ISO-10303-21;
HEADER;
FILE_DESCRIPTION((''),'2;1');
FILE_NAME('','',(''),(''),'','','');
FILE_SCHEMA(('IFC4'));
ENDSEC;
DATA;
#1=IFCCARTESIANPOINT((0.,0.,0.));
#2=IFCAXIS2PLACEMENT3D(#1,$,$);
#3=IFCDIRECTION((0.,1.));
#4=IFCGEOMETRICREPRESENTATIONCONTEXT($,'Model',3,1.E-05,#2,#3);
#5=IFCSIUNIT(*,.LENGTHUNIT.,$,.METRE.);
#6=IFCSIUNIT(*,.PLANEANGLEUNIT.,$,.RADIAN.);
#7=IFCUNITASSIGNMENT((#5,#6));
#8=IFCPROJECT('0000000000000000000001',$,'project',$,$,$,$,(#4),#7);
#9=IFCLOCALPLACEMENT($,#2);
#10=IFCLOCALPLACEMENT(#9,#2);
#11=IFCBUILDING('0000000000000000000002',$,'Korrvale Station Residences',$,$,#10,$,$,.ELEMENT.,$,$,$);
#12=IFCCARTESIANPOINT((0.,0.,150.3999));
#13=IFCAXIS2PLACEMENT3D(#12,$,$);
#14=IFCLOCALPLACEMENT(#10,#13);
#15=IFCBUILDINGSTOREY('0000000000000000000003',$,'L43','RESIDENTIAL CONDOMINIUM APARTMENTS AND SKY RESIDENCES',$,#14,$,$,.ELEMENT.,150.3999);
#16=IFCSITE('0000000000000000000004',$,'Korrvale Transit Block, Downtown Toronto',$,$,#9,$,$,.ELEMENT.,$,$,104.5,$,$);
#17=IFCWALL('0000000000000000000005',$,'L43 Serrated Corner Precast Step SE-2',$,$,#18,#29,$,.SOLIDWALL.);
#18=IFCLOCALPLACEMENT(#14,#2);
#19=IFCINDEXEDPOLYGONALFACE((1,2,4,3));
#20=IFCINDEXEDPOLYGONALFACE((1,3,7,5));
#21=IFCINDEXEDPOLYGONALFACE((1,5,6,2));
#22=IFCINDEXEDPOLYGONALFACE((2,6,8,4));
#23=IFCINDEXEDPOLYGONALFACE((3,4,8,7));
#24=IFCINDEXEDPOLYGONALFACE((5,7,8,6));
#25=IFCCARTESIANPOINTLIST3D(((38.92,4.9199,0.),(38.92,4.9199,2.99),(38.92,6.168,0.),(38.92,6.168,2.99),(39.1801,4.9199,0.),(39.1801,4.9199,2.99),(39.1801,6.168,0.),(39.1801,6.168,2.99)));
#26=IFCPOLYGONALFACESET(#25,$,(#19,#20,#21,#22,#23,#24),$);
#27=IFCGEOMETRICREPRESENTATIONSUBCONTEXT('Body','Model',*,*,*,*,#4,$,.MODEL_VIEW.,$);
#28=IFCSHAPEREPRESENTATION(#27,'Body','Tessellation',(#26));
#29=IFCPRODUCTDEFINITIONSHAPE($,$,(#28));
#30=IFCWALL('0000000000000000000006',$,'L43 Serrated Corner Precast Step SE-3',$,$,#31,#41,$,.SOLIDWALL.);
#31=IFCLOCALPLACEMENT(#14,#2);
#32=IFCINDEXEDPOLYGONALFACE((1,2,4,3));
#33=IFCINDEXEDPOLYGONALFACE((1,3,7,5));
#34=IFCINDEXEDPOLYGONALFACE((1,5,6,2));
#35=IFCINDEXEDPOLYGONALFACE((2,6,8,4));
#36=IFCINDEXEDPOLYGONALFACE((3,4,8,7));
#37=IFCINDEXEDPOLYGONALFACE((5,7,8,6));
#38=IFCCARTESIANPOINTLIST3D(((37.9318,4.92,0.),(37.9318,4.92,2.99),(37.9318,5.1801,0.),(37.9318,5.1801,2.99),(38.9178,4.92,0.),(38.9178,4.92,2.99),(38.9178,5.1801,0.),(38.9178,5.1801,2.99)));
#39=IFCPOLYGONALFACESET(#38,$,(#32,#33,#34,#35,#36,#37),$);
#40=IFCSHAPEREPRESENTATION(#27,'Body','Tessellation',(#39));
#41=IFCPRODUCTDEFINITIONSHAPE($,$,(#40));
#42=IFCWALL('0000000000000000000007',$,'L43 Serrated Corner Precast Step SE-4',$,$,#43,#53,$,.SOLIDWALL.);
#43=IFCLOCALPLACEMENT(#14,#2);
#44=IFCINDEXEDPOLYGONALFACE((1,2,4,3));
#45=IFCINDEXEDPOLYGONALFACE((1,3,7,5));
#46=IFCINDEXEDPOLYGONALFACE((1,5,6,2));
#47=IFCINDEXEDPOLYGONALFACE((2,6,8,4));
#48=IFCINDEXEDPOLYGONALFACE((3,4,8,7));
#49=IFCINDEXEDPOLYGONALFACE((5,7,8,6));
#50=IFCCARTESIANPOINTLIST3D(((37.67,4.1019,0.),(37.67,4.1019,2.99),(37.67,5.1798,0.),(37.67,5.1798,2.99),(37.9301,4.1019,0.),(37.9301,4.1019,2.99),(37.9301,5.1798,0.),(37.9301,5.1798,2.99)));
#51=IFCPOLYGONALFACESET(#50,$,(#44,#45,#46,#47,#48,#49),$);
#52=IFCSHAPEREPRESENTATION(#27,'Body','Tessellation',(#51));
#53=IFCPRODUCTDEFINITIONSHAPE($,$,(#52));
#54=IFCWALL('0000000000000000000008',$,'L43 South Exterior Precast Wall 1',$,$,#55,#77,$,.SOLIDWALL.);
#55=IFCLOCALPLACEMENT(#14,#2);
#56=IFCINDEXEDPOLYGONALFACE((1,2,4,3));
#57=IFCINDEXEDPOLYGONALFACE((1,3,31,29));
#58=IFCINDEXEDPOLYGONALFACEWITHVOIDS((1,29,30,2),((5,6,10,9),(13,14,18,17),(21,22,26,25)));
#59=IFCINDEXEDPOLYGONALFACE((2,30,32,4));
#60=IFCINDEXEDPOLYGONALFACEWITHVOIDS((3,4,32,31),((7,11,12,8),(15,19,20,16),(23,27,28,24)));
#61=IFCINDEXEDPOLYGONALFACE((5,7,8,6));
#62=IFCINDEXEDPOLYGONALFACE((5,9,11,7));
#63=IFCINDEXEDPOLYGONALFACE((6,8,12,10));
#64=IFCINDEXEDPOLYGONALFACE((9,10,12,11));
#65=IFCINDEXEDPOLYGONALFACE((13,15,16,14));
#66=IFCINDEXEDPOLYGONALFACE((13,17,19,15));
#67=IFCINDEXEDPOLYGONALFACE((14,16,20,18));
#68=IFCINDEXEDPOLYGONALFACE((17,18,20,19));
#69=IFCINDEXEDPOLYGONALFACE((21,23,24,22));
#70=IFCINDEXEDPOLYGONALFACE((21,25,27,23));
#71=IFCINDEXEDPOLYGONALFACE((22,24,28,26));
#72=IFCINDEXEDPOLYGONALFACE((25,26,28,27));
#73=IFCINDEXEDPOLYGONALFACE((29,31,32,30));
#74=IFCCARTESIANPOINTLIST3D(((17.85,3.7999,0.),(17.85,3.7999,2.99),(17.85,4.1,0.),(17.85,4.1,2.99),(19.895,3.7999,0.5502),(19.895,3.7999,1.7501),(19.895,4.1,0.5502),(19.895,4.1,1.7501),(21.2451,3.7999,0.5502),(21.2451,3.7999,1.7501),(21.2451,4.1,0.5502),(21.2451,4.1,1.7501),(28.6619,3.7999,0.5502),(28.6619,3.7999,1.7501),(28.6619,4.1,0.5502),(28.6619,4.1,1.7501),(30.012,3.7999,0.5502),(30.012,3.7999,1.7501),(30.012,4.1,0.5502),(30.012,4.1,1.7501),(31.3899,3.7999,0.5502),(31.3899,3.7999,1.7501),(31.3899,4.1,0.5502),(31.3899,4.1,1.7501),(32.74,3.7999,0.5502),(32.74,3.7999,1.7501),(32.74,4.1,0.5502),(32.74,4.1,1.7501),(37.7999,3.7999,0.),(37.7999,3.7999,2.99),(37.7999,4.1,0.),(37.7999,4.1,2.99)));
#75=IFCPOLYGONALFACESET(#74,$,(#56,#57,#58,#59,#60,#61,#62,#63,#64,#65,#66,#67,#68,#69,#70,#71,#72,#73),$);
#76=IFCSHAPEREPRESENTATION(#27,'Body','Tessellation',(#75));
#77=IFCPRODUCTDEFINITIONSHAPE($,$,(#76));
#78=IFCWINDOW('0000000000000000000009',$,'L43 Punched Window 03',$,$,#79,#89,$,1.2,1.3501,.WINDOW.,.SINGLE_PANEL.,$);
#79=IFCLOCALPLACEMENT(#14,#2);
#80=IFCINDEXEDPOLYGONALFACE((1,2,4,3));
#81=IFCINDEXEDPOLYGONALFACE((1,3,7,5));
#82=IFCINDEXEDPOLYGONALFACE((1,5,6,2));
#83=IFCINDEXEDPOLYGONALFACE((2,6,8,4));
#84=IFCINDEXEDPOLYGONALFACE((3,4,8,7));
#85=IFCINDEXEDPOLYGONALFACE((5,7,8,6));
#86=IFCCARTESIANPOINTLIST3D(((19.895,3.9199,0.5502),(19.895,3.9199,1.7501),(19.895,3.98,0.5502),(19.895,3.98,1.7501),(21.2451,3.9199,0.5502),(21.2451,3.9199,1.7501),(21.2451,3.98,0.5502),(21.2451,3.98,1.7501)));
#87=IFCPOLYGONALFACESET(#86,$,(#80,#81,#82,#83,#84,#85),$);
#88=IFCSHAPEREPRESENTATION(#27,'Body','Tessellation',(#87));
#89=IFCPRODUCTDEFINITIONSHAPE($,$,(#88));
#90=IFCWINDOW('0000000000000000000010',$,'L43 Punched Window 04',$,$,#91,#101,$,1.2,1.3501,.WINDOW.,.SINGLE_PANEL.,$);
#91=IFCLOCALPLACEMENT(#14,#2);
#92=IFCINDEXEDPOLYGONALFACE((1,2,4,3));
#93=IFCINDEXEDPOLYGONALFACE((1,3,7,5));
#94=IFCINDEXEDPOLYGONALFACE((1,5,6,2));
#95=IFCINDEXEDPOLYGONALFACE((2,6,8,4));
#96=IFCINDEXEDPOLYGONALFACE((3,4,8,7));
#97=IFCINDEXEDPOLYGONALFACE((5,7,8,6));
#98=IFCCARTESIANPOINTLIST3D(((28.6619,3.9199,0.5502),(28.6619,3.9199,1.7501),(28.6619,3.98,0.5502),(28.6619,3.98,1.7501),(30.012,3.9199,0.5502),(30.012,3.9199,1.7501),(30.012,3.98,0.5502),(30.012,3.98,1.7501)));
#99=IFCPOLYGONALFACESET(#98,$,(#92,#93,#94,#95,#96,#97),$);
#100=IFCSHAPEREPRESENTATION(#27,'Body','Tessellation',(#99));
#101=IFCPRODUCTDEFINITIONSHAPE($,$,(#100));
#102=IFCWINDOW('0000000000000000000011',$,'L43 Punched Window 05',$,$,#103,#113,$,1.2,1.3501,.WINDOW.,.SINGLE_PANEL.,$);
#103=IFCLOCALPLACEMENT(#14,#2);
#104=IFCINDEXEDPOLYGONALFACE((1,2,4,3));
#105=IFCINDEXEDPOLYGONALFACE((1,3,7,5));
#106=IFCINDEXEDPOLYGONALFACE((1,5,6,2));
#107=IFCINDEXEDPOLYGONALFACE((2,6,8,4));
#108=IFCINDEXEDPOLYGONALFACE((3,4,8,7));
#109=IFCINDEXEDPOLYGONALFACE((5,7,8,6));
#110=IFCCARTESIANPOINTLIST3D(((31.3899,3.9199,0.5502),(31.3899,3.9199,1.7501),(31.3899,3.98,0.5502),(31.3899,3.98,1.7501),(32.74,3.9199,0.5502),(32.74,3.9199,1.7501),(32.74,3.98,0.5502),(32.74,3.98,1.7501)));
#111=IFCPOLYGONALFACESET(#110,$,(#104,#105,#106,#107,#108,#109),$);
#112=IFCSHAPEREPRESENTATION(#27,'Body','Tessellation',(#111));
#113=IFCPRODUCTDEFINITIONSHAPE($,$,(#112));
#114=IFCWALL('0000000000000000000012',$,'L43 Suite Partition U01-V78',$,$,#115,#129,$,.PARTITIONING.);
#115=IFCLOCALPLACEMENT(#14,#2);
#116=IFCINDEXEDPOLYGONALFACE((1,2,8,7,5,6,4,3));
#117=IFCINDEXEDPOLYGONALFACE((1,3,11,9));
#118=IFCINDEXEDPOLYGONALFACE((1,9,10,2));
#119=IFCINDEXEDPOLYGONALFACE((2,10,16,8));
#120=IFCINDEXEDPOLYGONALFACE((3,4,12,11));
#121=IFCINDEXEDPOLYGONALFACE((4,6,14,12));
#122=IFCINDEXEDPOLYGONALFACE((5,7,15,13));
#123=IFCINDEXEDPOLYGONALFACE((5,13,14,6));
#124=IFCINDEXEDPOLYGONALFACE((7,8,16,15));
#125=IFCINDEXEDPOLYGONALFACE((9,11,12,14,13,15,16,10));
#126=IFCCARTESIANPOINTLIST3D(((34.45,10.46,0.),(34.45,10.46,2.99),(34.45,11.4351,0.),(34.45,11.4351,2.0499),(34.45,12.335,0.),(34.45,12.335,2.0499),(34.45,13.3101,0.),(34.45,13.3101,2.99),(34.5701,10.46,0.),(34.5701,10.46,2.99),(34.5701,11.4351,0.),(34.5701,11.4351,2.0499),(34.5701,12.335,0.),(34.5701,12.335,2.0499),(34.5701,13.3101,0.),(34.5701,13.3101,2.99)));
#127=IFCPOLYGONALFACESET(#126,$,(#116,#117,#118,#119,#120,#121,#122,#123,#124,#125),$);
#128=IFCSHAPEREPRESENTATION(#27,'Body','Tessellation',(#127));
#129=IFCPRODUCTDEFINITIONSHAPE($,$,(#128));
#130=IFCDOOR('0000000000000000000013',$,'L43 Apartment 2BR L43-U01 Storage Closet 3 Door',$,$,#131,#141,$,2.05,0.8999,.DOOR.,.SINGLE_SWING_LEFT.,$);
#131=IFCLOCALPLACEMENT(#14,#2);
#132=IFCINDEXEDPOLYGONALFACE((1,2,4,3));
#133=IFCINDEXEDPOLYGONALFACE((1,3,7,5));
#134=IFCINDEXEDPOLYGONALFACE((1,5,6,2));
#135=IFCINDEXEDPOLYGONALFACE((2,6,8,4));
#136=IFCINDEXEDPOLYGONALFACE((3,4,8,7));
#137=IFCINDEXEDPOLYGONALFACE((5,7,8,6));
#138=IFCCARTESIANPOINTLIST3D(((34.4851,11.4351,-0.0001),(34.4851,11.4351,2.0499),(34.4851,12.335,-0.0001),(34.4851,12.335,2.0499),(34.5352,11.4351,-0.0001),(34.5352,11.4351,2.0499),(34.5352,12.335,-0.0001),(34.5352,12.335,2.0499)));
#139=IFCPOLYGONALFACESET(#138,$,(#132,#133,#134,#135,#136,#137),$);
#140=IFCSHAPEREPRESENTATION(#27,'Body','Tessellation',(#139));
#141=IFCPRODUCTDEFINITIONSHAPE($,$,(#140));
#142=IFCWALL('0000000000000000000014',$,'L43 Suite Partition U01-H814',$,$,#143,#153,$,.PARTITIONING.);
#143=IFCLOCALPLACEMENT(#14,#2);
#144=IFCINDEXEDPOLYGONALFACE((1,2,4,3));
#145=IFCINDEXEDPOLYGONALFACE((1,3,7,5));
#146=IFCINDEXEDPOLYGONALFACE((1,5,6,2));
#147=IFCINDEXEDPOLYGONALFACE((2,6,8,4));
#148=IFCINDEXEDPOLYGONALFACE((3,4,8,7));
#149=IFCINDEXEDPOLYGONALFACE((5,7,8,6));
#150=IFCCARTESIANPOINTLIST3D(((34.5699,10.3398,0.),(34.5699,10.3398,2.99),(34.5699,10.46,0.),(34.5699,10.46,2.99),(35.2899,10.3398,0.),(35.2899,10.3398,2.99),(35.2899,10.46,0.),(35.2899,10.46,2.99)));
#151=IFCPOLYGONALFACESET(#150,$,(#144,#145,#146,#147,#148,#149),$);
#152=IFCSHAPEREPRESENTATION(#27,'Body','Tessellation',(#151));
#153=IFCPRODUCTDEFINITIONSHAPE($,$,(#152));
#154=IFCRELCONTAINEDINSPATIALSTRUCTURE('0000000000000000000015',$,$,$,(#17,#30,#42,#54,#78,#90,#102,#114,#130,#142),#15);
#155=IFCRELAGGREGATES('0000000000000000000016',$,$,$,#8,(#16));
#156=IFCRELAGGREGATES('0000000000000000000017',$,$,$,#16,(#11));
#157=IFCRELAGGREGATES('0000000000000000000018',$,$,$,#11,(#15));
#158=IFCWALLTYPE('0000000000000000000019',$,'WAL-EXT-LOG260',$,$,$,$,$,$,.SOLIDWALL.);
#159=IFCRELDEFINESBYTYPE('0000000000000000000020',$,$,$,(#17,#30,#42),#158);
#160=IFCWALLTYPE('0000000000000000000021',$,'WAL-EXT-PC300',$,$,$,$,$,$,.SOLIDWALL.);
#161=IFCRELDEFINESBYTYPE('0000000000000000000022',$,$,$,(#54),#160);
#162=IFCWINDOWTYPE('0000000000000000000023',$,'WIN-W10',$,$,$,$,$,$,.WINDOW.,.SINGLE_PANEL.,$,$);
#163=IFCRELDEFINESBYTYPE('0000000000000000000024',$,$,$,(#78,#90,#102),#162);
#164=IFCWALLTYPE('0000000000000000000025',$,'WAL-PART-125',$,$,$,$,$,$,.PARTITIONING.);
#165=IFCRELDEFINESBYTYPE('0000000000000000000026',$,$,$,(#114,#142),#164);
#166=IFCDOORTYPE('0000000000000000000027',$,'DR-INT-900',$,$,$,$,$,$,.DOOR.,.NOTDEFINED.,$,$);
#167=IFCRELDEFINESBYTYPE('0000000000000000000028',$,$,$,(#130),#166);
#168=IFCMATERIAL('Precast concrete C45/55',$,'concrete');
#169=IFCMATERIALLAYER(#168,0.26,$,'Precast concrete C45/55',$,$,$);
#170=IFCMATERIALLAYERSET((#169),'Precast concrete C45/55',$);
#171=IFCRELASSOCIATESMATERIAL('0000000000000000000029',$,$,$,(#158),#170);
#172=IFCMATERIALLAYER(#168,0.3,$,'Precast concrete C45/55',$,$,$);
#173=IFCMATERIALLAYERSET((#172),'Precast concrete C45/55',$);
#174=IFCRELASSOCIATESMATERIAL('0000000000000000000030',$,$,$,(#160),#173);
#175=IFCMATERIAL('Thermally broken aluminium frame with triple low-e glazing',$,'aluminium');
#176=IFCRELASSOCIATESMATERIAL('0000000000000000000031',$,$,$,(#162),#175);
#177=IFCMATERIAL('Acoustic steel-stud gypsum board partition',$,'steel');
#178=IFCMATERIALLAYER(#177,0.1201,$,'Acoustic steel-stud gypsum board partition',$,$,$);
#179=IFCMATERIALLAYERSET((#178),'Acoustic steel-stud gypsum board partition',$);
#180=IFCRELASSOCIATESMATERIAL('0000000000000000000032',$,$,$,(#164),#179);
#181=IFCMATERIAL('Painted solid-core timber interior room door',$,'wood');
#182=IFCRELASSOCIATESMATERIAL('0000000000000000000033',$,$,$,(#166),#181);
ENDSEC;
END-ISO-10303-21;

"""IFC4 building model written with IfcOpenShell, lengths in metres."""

from ifc_helpers import new_model, si_unit, direction, frame, frame_2d, origin, place, context, subcontext, project, spatial, rectangle, extrude, material, layer, layer_set, type_object, element, fill, save


model = new_model("IFC4")

# Units and contexts
model_context = context("Model", 3, precision=1e-05, world=origin(), true_north=direction((0.0, 1.0)))
body_context = subcontext(model_context, "Body", "Model", "MODEL_VIEW")
ifc_project = project(units=[si_unit("LENGTHUNIT", "METRE"), si_unit("PLANEANGLEUNIT", "RADIAN")], contexts=[model_context])

# Site, building, storey
site_placement = place(None, origin())
site = spatial("IfcSite", under=ifc_project, at=site_placement, Name="Korrvale Transit Block, Downtown Toronto", CompositionType="ELEMENT", RefElevation=104.5)
building_placement = place(site_placement, origin())
building = spatial("IfcBuilding", under=site, at=building_placement, Name="Korrvale Station Residences", CompositionType="ELEMENT")
storey_placement = place(building_placement, frame((0.0, 0.0, 150.3999)))
storey = spatial("IfcBuildingStorey", under=building, at=storey_placement, Name="L43", Description="RESIDENTIAL CONDOMINIUM APARTMENTS AND SKY RESIDENCES", CompositionType="ELEMENT", Elevation=150.3999)

# Walls
ifc_material_1 = material(Name="Precast concrete C45/55", Category="concrete")
ifc_layer_1 = layer(ifc_material_1, 0.26, Name="Precast concrete C45/55")
ifc_layer_set_1 = layer_set([ifc_layer_1], Name="Precast concrete C45/55")
wall_type_1 = type_object("IfcWallType", Name="WAL-EXT-LOG260", PredefinedType="SOLIDWALL", material=ifc_layer_set_1)
wall_1_placement = place(storey_placement, frame((39.05, 6.168, 0.0), z_axis=(0.0, 0.0, 1.0), x_axis=(0.0, -1.0, 0.0)))
element("IfcWall", 1, at=wall_1_placement, inside=storey, type_object=wall_type_1, Name="L43 Serrated Corner Precast Step SE-2", PredefinedType="SOLIDWALL", context=body_context, shape_type="SweptSolid", body=[
    extrude(rectangle(XDim=1.248, YDim=0.26, at=frame_2d((0.624, 0.0))), origin(), (0.0, 0.0, 1.0), 2.99),
])
wall_2_placement = place(storey_placement, frame((38.918, 5.05, 0.0), z_axis=(0.0, 0.0, 1.0), x_axis=(-1.0, 0.0, 0.0)))
element("IfcWall", 2, at=wall_2_placement, inside=storey, type_object=wall_type_1, Name="L43 Serrated Corner Precast Step SE-3", PredefinedType="SOLIDWALL", context=body_context, shape_type="SweptSolid", body=[
    extrude(rectangle(XDim=0.9861, YDim=0.26, at=frame_2d((0.4932, 0.0))), origin(), (0.0, 0.0, 1.0), 2.99),
])
wall_3_placement = place(storey_placement, frame((37.8, 5.1799, 0.0), z_axis=(0.0, 0.0, 1.0), x_axis=(0.0, -1.0, 0.0)))
element("IfcWall", 3, at=wall_3_placement, inside=storey, type_object=wall_type_1, Name="L43 Serrated Corner Precast Step SE-4", PredefinedType="SOLIDWALL", context=body_context, shape_type="SweptSolid", body=[
    extrude(rectangle(XDim=1.0779, YDim=0.26, at=frame_2d((0.5391, 0.0))), origin(), (0.0, 0.0, 1.0), 2.99),
])

# Wall, openings, windows
ifc_layer_2 = layer(ifc_material_1, 0.3, Name="Precast concrete C45/55")
ifc_layer_set_2 = layer_set([ifc_layer_2], Name="Precast concrete C45/55")
wall_type_2 = type_object("IfcWallType", Name="WAL-EXT-PC300", PredefinedType="SOLIDWALL", material=ifc_layer_set_2)
wall_4_placement = place(storey_placement, frame((37.8, 3.95, 0.0), z_axis=(0.0, 0.0, 1.0), x_axis=(-1.0, 0.0, 0.0)))
wall_4 = element("IfcWall", 4, at=wall_4_placement, inside=storey, type_object=wall_type_2, Name="L43 South Exterior Precast Wall 1", PredefinedType="SOLIDWALL", context=body_context, shape_type="SweptSolid", body=[
    extrude(rectangle(XDim=19.95, YDim=0.3, at=frame_2d((9.9751, 0.0))), origin(), (0.0, 0.0, 1.0), 2.99),
])
opening_1_placement = place(wall_4_placement, frame((16.5549, 0.0, 0.55)))
opening_1 = element("IfcOpeningElement", 5, at=opening_1_placement, cuts=wall_4, PredefinedType="OPENING", context=body_context, shape_type="SweptSolid", body=[
    extrude(rectangle(XDim=1.3501, YDim=1.2, at=frame_2d((0.675, 0.6001))), frame((0.0, 0.1602, 0.0), z_axis=(0.0, -1.0, 0.0), x_axis=(1.0, 0.0, 0.0)), (0.0, 0.0, 1.0), 0.3201),
])
opening_2_placement = place(wall_4_placement, frame((7.7881, 0.0, 0.55)))
opening_2 = element("IfcOpeningElement", 6, at=opening_2_placement, cuts=wall_4, PredefinedType="OPENING", context=body_context, shape_type="SweptSolid", body=[
    extrude(rectangle(XDim=1.3501, YDim=1.2, at=frame_2d((0.675, 0.6001))), frame((0.0, 0.1602, 0.0), z_axis=(0.0, -1.0, 0.0), x_axis=(1.0, 0.0, 0.0)), (0.0, 0.0, 1.0), 0.3201),
])
opening_3_placement = place(wall_4_placement, frame((5.0601, 0.0, 0.55)))
opening_3 = element("IfcOpeningElement", 7, at=opening_3_placement, cuts=wall_4, PredefinedType="OPENING", context=body_context, shape_type="SweptSolid", body=[
    extrude(rectangle(XDim=1.3501, YDim=1.2, at=frame_2d((0.675, 0.6001))), frame((0.0, 0.1602, 0.0), z_axis=(0.0, -1.0, 0.0), x_axis=(1.0, 0.0, 0.0)), (0.0, 0.0, 1.0), 0.3201),
])
ifc_material_2 = material(Name="Thermally broken aluminium frame with triple low-e glazing", Category="aluminium")
window_type = type_object("IfcWindowType", Name="WIN-W10", PartitioningType="SINGLE_PANEL", PredefinedType="WINDOW", material=ifc_material_2)
window_1_placement = place(opening_1_placement, origin())
window_1 = element("IfcWindow", 8, at=window_1_placement, inside=storey, type_object=window_type, Name="L43 Punched Window 03", OverallHeight=1.2, OverallWidth=1.3501, PartitioningType="SINGLE_PANEL", PredefinedType="WINDOW", context=body_context, shape_type="SweptSolid", body=[
    extrude(rectangle(XDim=1.3501, YDim=1.2, at=frame_2d((0.675, 0.6001))), frame((0.0, 0.03, 0.0), z_axis=(0.0, -1.0, 0.0), x_axis=(1.0, 0.0, 0.0)), (0.0, 0.0, 1.0), 0.0601),
])
fill(opening_1, window_1)
window_2_placement = place(opening_2_placement, origin())
window_2 = element("IfcWindow", 9, at=window_2_placement, inside=storey, type_object=window_type, Name="L43 Punched Window 04", OverallHeight=1.2, OverallWidth=1.3501, PartitioningType="SINGLE_PANEL", PredefinedType="WINDOW", context=body_context, shape_type="SweptSolid", body=[
    extrude(rectangle(XDim=1.3501, YDim=1.2, at=frame_2d((0.675, 0.6001))), frame((0.0, 0.03, 0.0), z_axis=(0.0, -1.0, 0.0), x_axis=(1.0, 0.0, 0.0)), (0.0, 0.0, 1.0), 0.0601),
])
fill(opening_2, window_2)
window_3_placement = place(opening_3_placement, origin())
window_3 = element("IfcWindow", 10, at=window_3_placement, inside=storey, type_object=window_type, Name="L43 Punched Window 05", OverallHeight=1.2, OverallWidth=1.3501, PartitioningType="SINGLE_PANEL", PredefinedType="WINDOW", context=body_context, shape_type="SweptSolid", body=[
    extrude(rectangle(XDim=1.3501, YDim=1.2, at=frame_2d((0.675, 0.6001))), frame((0.0, 0.03, 0.0), z_axis=(0.0, -1.0, 0.0), x_axis=(1.0, 0.0, 0.0)), (0.0, 0.0, 1.0), 0.0601),
])
fill(opening_3, window_3)

# Wall, opening, door
ifc_material_3 = material(Name="Acoustic steel-stud gypsum board partition", Category="steel")
ifc_layer_3 = layer(ifc_material_3, 0.1201, Name="Acoustic steel-stud gypsum board partition")
ifc_layer_set_3 = layer_set([ifc_layer_3], Name="Acoustic steel-stud gypsum board partition")
wall_type_3 = type_object("IfcWallType", Name="WAL-PART-125", PredefinedType="PARTITIONING", material=ifc_layer_set_3)
wall_5_placement = place(storey_placement, frame((34.51, 10.46, 0.0), z_axis=(0.0, 0.0, 1.0), x_axis=(0.0, 1.0, 0.0)))
wall_5 = element("IfcWall", 11, at=wall_5_placement, inside=storey, type_object=wall_type_3, Name="L43 Suite Partition U01-V78", PredefinedType="PARTITIONING", context=body_context, shape_type="SweptSolid", body=[
    extrude(rectangle(XDim=2.8501, YDim=0.1201, at=frame_2d((1.425, 0.0))), origin(), (0.0, 0.0, 1.0), 2.99),
])
opening_4_placement = place(wall_5_placement, frame((0.9751, 0.0, 0.0)))
opening_4 = element("IfcOpeningElement", 12, at=opening_4_placement, cuts=wall_5, PredefinedType="OPENING", context=body_context, shape_type="SweptSolid", body=[
    extrude(rectangle(XDim=0.8999, YDim=2.05, at=frame_2d((0.45, 1.0249))), frame((0.0, 0.0701, 0.0), z_axis=(0.0, -1.0, 0.0), x_axis=(1.0, 0.0, 0.0)), (0.0, 0.0, 1.0), 0.1401),
])
ifc_material_4 = material(Name="Painted solid-core timber interior room door", Category="wood")
door_type = type_object("IfcDoorType", Name="DR-INT-900", OperationType="NOTDEFINED", PredefinedType="DOOR", material=ifc_material_4)
door_1_placement = place(opening_4_placement, origin())
door_1 = element("IfcDoor", 13, at=door_1_placement, inside=storey, type_object=door_type, Name="L43 Apartment 2BR L43-U01 Storage Closet 3 Door", OperationType="SINGLE_SWING_LEFT", OverallHeight=2.05, OverallWidth=0.8999, PredefinedType="DOOR", context=body_context, shape_type="SweptSolid", body=[
    extrude(rectangle(XDim=0.8999, YDim=2.05, at=frame_2d((0.45, 1.0249))), frame((0.0, 0.0249, 0.0), z_axis=(0.0, -1.0, 0.0), x_axis=(1.0, 0.0, 0.0)), (0.0, 0.0, 1.0), 0.05),
])
fill(opening_4, door_1)

# Wall
wall_6_placement = place(storey_placement, frame((34.5701, 10.3999, 0.0), z_axis=(0.0, 0.0, 1.0), x_axis=(1.0, 0.0, 0.0)))
element("IfcWall", 14, at=wall_6_placement, inside=storey, type_object=wall_type_3, Name="L43 Suite Partition U01-H814", PredefinedType="PARTITIONING", context=body_context, shape_type="SweptSolid", body=[
    extrude(rectangle(XDim=0.72, YDim=0.1201, at=frame_2d((0.3599, 0.0))), origin(), (0.0, 0.0, 1.0), 2.99),
])

save(model, "model.ifc")
